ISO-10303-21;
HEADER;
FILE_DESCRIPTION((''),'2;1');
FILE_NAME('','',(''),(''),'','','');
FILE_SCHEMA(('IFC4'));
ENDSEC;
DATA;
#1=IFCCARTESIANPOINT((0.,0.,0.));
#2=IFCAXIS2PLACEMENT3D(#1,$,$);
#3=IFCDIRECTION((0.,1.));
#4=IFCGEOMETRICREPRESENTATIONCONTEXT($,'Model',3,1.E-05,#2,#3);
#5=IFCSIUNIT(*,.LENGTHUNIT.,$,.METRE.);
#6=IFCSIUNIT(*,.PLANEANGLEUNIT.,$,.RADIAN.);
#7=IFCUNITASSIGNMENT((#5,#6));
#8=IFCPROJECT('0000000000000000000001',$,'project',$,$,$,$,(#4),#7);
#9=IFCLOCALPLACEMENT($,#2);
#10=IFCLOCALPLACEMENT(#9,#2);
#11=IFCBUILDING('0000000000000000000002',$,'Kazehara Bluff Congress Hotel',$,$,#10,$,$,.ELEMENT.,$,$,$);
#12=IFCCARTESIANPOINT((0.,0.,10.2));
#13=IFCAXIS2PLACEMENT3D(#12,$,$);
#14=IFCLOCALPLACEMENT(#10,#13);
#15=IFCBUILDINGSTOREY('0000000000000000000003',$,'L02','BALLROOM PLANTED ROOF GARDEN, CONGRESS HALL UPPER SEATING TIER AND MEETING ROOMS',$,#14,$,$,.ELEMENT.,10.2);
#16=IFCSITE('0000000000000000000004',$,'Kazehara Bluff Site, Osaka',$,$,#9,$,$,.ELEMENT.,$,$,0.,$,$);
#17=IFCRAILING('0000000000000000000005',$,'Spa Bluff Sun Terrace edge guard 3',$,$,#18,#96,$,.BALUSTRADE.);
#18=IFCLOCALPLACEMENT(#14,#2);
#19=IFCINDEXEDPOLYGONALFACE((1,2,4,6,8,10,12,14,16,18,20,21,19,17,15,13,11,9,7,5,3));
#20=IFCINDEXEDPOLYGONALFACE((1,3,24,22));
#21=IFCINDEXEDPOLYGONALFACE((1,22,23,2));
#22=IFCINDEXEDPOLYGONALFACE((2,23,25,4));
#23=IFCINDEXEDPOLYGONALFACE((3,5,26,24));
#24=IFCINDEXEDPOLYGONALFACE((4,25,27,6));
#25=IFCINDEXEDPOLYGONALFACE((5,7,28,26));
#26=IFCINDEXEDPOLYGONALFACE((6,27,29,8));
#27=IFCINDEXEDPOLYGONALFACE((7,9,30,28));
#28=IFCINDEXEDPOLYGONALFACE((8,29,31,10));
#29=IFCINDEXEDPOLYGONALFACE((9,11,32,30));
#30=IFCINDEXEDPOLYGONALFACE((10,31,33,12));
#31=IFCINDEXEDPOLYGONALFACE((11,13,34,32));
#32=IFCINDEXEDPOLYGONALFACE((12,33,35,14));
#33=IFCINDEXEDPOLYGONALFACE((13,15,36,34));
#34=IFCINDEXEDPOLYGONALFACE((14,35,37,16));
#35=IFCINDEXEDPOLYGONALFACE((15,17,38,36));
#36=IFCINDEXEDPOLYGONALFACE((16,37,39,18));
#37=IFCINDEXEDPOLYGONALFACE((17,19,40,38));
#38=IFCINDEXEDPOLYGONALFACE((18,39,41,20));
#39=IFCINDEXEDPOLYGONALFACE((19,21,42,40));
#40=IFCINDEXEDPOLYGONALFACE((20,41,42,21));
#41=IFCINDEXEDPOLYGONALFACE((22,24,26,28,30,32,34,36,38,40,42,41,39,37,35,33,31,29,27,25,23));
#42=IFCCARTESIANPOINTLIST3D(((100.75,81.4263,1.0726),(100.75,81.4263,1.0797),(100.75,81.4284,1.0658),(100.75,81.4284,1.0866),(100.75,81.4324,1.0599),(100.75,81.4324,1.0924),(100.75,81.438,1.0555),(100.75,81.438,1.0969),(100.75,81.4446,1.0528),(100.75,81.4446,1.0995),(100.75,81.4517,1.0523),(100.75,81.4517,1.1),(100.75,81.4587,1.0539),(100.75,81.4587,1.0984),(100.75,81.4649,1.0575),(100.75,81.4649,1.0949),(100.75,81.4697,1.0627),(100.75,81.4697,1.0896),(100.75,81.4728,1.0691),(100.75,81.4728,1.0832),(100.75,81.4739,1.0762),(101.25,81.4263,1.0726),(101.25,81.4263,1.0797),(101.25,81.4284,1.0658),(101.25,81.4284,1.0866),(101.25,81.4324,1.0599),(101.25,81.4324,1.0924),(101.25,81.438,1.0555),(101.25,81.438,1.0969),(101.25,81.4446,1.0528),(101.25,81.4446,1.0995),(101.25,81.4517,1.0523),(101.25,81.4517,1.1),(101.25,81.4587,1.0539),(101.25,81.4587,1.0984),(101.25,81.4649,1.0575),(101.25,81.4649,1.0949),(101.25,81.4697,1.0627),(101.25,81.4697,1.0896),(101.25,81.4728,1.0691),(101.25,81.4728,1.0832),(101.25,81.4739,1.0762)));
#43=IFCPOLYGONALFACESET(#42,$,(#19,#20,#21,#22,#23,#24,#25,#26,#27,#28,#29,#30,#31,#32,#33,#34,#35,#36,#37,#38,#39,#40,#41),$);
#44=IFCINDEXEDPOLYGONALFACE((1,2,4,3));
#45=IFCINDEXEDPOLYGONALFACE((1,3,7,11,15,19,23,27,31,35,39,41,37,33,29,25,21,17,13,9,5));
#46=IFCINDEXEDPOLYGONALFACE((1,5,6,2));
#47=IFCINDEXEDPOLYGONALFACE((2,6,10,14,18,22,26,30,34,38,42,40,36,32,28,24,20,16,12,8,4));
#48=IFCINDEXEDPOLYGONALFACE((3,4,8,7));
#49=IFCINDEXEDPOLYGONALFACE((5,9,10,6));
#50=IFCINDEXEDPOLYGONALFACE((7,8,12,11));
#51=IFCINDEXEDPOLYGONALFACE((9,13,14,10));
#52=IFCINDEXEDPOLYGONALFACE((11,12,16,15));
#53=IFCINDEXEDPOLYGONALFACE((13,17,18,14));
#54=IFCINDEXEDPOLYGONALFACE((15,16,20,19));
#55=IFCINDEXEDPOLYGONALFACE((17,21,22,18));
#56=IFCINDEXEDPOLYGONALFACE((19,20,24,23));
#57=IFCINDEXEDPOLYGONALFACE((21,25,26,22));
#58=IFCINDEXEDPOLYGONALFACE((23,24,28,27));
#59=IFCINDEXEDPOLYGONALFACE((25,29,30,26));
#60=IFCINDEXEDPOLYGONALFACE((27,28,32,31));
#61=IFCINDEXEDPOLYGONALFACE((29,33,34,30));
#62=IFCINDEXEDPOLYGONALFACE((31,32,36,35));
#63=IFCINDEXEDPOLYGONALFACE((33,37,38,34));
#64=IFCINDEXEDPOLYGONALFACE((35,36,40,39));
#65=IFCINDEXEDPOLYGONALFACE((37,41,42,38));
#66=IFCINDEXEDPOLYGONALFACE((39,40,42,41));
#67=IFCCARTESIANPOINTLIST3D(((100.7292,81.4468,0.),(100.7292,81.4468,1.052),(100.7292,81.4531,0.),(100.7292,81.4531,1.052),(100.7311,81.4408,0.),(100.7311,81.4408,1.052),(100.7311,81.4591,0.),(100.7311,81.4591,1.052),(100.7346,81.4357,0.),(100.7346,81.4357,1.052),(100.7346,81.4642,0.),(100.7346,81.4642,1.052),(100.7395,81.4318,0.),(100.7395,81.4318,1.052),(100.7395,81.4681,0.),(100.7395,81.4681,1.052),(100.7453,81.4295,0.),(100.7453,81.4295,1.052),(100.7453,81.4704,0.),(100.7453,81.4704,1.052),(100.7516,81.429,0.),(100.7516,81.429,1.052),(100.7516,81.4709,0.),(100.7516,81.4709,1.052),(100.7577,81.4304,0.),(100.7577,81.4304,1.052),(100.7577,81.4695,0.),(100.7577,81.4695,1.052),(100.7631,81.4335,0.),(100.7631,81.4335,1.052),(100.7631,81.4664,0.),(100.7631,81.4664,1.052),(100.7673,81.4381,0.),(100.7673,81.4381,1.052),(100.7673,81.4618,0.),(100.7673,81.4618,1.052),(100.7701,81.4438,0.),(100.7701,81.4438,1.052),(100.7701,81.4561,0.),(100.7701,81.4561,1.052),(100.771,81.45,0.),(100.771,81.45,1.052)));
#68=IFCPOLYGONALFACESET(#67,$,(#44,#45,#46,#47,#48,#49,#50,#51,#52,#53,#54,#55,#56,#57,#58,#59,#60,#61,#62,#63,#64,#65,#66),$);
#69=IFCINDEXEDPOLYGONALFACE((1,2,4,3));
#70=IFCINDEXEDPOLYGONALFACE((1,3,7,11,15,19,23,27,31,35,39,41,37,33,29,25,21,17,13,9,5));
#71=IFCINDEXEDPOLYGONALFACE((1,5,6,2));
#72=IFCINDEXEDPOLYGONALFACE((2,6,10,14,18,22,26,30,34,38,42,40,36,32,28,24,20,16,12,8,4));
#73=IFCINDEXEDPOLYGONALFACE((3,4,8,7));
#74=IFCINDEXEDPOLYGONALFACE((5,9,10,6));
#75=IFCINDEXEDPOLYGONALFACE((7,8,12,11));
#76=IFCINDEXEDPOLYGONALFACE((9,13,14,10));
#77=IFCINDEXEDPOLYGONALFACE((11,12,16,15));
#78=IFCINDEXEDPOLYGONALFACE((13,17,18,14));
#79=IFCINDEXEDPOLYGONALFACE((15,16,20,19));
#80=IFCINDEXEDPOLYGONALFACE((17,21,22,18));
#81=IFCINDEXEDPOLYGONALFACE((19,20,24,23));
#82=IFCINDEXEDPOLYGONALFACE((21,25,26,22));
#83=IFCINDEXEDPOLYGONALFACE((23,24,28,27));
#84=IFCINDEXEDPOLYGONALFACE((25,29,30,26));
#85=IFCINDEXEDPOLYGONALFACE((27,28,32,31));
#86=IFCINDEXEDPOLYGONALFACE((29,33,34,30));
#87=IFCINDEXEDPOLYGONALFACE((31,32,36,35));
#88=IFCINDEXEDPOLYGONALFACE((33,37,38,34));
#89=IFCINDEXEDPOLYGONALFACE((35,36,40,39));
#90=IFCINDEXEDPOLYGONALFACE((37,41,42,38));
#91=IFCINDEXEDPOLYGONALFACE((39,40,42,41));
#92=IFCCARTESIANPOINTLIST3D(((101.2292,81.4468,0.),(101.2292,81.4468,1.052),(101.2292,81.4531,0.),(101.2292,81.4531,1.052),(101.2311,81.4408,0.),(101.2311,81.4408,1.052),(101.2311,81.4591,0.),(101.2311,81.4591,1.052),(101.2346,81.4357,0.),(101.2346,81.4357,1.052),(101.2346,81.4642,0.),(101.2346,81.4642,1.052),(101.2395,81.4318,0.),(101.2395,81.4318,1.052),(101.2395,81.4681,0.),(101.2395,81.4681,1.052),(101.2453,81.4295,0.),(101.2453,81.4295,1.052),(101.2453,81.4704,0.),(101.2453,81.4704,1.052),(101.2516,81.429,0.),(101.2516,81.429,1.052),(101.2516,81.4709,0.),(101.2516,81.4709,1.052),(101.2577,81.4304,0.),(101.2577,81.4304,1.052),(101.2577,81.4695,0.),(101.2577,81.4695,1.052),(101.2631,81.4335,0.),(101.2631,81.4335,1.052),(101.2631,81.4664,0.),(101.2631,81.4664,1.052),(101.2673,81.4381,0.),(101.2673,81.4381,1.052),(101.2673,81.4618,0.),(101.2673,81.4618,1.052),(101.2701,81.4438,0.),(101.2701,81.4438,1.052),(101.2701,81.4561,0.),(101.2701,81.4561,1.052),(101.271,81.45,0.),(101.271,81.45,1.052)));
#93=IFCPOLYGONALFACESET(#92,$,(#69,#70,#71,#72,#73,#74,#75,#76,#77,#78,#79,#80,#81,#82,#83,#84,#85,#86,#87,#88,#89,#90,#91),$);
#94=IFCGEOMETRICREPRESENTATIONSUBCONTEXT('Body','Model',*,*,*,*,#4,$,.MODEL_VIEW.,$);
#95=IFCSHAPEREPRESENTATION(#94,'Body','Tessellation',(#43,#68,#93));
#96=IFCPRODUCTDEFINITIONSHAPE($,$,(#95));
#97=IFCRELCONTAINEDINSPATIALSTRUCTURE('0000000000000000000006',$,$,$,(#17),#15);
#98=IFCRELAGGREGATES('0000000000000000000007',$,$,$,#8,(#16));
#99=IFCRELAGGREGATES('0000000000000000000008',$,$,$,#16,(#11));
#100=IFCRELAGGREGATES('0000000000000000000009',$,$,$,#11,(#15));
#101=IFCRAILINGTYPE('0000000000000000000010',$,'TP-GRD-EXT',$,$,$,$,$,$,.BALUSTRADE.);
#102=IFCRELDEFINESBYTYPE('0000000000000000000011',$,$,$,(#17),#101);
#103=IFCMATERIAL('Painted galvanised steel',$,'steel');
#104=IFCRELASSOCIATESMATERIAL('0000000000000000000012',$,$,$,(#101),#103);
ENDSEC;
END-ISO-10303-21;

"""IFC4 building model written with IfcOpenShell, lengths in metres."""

from ifc_helpers import new_model, si_unit, direction, frame, origin, origin_2d, place, context, subcontext, project, spatial, circle, extrude, material, type_object, element, save


model = new_model("IFC4")

# Units and contexts
model_context = context("Model", 3, precision=1e-05, world=origin(), true_north=direction((0.0, 1.0)))
body_context = subcontext(model_context, "Body", "Model", "MODEL_VIEW")
ifc_project = project(units=[si_unit("LENGTHUNIT", "METRE"), si_unit("PLANEANGLEUNIT", "RADIAN")], contexts=[model_context])

# Site, building, storey
site_placement = place(None, origin())
site = spatial("IfcSite", under=ifc_project, at=site_placement, Name="Kazehara Bluff Site, Osaka", CompositionType="ELEMENT", RefElevation=0.0)
building_placement = place(site_placement, origin())
building = spatial("IfcBuilding", under=site, at=building_placement, Name="Kazehara Bluff Congress Hotel", CompositionType="ELEMENT")
storey_placement = place(building_placement, frame((0.0, 0.0, 10.2)))
storey = spatial("IfcBuildingStorey", under=building, at=storey_placement, Name="L02", Description="BALLROOM PLANTED ROOF GARDEN, CONGRESS HALL UPPER SEATING TIER AND MEETING ROOMS", CompositionType="ELEMENT", Elevation=10.2)

# Railing
ifc_material_1 = material(Name="Painted galvanised steel", Category="steel")
railing_type = type_object("IfcRailingType", Name="TP-GRD-EXT", PredefinedType="BALUSTRADE", material=ifc_material_1)
railing_1_placement = place(storey_placement, frame((100.75, 81.45, 0.0)))
element("IfcRailing", 1, at=railing_1_placement, inside=storey, type_object=railing_type, Name="Spa Bluff Sun Terrace edge guard 3", PredefinedType="BALUSTRADE", context=body_context, shape_type="SweptSolid", body=[
    extrude(circle(Radius=0.0239, at=origin_2d()), frame((0.0, 0.0, 1.0762), z_axis=(1.0, 0.0, 0.0), x_axis=(0.0, 1.0, 0.0)), (0.0, 0.0, 1.0), 0.5),
    extrude(circle(Radius=0.021, at=origin_2d()), origin(), (0.0, 0.0, 1.0), 1.052),
    extrude(circle(Radius=0.021, at=origin_2d()), frame((0.5, 0.0, 0.0)), (0.0, 0.0, 1.0), 1.052),
])

save(model, "model.ifc")
